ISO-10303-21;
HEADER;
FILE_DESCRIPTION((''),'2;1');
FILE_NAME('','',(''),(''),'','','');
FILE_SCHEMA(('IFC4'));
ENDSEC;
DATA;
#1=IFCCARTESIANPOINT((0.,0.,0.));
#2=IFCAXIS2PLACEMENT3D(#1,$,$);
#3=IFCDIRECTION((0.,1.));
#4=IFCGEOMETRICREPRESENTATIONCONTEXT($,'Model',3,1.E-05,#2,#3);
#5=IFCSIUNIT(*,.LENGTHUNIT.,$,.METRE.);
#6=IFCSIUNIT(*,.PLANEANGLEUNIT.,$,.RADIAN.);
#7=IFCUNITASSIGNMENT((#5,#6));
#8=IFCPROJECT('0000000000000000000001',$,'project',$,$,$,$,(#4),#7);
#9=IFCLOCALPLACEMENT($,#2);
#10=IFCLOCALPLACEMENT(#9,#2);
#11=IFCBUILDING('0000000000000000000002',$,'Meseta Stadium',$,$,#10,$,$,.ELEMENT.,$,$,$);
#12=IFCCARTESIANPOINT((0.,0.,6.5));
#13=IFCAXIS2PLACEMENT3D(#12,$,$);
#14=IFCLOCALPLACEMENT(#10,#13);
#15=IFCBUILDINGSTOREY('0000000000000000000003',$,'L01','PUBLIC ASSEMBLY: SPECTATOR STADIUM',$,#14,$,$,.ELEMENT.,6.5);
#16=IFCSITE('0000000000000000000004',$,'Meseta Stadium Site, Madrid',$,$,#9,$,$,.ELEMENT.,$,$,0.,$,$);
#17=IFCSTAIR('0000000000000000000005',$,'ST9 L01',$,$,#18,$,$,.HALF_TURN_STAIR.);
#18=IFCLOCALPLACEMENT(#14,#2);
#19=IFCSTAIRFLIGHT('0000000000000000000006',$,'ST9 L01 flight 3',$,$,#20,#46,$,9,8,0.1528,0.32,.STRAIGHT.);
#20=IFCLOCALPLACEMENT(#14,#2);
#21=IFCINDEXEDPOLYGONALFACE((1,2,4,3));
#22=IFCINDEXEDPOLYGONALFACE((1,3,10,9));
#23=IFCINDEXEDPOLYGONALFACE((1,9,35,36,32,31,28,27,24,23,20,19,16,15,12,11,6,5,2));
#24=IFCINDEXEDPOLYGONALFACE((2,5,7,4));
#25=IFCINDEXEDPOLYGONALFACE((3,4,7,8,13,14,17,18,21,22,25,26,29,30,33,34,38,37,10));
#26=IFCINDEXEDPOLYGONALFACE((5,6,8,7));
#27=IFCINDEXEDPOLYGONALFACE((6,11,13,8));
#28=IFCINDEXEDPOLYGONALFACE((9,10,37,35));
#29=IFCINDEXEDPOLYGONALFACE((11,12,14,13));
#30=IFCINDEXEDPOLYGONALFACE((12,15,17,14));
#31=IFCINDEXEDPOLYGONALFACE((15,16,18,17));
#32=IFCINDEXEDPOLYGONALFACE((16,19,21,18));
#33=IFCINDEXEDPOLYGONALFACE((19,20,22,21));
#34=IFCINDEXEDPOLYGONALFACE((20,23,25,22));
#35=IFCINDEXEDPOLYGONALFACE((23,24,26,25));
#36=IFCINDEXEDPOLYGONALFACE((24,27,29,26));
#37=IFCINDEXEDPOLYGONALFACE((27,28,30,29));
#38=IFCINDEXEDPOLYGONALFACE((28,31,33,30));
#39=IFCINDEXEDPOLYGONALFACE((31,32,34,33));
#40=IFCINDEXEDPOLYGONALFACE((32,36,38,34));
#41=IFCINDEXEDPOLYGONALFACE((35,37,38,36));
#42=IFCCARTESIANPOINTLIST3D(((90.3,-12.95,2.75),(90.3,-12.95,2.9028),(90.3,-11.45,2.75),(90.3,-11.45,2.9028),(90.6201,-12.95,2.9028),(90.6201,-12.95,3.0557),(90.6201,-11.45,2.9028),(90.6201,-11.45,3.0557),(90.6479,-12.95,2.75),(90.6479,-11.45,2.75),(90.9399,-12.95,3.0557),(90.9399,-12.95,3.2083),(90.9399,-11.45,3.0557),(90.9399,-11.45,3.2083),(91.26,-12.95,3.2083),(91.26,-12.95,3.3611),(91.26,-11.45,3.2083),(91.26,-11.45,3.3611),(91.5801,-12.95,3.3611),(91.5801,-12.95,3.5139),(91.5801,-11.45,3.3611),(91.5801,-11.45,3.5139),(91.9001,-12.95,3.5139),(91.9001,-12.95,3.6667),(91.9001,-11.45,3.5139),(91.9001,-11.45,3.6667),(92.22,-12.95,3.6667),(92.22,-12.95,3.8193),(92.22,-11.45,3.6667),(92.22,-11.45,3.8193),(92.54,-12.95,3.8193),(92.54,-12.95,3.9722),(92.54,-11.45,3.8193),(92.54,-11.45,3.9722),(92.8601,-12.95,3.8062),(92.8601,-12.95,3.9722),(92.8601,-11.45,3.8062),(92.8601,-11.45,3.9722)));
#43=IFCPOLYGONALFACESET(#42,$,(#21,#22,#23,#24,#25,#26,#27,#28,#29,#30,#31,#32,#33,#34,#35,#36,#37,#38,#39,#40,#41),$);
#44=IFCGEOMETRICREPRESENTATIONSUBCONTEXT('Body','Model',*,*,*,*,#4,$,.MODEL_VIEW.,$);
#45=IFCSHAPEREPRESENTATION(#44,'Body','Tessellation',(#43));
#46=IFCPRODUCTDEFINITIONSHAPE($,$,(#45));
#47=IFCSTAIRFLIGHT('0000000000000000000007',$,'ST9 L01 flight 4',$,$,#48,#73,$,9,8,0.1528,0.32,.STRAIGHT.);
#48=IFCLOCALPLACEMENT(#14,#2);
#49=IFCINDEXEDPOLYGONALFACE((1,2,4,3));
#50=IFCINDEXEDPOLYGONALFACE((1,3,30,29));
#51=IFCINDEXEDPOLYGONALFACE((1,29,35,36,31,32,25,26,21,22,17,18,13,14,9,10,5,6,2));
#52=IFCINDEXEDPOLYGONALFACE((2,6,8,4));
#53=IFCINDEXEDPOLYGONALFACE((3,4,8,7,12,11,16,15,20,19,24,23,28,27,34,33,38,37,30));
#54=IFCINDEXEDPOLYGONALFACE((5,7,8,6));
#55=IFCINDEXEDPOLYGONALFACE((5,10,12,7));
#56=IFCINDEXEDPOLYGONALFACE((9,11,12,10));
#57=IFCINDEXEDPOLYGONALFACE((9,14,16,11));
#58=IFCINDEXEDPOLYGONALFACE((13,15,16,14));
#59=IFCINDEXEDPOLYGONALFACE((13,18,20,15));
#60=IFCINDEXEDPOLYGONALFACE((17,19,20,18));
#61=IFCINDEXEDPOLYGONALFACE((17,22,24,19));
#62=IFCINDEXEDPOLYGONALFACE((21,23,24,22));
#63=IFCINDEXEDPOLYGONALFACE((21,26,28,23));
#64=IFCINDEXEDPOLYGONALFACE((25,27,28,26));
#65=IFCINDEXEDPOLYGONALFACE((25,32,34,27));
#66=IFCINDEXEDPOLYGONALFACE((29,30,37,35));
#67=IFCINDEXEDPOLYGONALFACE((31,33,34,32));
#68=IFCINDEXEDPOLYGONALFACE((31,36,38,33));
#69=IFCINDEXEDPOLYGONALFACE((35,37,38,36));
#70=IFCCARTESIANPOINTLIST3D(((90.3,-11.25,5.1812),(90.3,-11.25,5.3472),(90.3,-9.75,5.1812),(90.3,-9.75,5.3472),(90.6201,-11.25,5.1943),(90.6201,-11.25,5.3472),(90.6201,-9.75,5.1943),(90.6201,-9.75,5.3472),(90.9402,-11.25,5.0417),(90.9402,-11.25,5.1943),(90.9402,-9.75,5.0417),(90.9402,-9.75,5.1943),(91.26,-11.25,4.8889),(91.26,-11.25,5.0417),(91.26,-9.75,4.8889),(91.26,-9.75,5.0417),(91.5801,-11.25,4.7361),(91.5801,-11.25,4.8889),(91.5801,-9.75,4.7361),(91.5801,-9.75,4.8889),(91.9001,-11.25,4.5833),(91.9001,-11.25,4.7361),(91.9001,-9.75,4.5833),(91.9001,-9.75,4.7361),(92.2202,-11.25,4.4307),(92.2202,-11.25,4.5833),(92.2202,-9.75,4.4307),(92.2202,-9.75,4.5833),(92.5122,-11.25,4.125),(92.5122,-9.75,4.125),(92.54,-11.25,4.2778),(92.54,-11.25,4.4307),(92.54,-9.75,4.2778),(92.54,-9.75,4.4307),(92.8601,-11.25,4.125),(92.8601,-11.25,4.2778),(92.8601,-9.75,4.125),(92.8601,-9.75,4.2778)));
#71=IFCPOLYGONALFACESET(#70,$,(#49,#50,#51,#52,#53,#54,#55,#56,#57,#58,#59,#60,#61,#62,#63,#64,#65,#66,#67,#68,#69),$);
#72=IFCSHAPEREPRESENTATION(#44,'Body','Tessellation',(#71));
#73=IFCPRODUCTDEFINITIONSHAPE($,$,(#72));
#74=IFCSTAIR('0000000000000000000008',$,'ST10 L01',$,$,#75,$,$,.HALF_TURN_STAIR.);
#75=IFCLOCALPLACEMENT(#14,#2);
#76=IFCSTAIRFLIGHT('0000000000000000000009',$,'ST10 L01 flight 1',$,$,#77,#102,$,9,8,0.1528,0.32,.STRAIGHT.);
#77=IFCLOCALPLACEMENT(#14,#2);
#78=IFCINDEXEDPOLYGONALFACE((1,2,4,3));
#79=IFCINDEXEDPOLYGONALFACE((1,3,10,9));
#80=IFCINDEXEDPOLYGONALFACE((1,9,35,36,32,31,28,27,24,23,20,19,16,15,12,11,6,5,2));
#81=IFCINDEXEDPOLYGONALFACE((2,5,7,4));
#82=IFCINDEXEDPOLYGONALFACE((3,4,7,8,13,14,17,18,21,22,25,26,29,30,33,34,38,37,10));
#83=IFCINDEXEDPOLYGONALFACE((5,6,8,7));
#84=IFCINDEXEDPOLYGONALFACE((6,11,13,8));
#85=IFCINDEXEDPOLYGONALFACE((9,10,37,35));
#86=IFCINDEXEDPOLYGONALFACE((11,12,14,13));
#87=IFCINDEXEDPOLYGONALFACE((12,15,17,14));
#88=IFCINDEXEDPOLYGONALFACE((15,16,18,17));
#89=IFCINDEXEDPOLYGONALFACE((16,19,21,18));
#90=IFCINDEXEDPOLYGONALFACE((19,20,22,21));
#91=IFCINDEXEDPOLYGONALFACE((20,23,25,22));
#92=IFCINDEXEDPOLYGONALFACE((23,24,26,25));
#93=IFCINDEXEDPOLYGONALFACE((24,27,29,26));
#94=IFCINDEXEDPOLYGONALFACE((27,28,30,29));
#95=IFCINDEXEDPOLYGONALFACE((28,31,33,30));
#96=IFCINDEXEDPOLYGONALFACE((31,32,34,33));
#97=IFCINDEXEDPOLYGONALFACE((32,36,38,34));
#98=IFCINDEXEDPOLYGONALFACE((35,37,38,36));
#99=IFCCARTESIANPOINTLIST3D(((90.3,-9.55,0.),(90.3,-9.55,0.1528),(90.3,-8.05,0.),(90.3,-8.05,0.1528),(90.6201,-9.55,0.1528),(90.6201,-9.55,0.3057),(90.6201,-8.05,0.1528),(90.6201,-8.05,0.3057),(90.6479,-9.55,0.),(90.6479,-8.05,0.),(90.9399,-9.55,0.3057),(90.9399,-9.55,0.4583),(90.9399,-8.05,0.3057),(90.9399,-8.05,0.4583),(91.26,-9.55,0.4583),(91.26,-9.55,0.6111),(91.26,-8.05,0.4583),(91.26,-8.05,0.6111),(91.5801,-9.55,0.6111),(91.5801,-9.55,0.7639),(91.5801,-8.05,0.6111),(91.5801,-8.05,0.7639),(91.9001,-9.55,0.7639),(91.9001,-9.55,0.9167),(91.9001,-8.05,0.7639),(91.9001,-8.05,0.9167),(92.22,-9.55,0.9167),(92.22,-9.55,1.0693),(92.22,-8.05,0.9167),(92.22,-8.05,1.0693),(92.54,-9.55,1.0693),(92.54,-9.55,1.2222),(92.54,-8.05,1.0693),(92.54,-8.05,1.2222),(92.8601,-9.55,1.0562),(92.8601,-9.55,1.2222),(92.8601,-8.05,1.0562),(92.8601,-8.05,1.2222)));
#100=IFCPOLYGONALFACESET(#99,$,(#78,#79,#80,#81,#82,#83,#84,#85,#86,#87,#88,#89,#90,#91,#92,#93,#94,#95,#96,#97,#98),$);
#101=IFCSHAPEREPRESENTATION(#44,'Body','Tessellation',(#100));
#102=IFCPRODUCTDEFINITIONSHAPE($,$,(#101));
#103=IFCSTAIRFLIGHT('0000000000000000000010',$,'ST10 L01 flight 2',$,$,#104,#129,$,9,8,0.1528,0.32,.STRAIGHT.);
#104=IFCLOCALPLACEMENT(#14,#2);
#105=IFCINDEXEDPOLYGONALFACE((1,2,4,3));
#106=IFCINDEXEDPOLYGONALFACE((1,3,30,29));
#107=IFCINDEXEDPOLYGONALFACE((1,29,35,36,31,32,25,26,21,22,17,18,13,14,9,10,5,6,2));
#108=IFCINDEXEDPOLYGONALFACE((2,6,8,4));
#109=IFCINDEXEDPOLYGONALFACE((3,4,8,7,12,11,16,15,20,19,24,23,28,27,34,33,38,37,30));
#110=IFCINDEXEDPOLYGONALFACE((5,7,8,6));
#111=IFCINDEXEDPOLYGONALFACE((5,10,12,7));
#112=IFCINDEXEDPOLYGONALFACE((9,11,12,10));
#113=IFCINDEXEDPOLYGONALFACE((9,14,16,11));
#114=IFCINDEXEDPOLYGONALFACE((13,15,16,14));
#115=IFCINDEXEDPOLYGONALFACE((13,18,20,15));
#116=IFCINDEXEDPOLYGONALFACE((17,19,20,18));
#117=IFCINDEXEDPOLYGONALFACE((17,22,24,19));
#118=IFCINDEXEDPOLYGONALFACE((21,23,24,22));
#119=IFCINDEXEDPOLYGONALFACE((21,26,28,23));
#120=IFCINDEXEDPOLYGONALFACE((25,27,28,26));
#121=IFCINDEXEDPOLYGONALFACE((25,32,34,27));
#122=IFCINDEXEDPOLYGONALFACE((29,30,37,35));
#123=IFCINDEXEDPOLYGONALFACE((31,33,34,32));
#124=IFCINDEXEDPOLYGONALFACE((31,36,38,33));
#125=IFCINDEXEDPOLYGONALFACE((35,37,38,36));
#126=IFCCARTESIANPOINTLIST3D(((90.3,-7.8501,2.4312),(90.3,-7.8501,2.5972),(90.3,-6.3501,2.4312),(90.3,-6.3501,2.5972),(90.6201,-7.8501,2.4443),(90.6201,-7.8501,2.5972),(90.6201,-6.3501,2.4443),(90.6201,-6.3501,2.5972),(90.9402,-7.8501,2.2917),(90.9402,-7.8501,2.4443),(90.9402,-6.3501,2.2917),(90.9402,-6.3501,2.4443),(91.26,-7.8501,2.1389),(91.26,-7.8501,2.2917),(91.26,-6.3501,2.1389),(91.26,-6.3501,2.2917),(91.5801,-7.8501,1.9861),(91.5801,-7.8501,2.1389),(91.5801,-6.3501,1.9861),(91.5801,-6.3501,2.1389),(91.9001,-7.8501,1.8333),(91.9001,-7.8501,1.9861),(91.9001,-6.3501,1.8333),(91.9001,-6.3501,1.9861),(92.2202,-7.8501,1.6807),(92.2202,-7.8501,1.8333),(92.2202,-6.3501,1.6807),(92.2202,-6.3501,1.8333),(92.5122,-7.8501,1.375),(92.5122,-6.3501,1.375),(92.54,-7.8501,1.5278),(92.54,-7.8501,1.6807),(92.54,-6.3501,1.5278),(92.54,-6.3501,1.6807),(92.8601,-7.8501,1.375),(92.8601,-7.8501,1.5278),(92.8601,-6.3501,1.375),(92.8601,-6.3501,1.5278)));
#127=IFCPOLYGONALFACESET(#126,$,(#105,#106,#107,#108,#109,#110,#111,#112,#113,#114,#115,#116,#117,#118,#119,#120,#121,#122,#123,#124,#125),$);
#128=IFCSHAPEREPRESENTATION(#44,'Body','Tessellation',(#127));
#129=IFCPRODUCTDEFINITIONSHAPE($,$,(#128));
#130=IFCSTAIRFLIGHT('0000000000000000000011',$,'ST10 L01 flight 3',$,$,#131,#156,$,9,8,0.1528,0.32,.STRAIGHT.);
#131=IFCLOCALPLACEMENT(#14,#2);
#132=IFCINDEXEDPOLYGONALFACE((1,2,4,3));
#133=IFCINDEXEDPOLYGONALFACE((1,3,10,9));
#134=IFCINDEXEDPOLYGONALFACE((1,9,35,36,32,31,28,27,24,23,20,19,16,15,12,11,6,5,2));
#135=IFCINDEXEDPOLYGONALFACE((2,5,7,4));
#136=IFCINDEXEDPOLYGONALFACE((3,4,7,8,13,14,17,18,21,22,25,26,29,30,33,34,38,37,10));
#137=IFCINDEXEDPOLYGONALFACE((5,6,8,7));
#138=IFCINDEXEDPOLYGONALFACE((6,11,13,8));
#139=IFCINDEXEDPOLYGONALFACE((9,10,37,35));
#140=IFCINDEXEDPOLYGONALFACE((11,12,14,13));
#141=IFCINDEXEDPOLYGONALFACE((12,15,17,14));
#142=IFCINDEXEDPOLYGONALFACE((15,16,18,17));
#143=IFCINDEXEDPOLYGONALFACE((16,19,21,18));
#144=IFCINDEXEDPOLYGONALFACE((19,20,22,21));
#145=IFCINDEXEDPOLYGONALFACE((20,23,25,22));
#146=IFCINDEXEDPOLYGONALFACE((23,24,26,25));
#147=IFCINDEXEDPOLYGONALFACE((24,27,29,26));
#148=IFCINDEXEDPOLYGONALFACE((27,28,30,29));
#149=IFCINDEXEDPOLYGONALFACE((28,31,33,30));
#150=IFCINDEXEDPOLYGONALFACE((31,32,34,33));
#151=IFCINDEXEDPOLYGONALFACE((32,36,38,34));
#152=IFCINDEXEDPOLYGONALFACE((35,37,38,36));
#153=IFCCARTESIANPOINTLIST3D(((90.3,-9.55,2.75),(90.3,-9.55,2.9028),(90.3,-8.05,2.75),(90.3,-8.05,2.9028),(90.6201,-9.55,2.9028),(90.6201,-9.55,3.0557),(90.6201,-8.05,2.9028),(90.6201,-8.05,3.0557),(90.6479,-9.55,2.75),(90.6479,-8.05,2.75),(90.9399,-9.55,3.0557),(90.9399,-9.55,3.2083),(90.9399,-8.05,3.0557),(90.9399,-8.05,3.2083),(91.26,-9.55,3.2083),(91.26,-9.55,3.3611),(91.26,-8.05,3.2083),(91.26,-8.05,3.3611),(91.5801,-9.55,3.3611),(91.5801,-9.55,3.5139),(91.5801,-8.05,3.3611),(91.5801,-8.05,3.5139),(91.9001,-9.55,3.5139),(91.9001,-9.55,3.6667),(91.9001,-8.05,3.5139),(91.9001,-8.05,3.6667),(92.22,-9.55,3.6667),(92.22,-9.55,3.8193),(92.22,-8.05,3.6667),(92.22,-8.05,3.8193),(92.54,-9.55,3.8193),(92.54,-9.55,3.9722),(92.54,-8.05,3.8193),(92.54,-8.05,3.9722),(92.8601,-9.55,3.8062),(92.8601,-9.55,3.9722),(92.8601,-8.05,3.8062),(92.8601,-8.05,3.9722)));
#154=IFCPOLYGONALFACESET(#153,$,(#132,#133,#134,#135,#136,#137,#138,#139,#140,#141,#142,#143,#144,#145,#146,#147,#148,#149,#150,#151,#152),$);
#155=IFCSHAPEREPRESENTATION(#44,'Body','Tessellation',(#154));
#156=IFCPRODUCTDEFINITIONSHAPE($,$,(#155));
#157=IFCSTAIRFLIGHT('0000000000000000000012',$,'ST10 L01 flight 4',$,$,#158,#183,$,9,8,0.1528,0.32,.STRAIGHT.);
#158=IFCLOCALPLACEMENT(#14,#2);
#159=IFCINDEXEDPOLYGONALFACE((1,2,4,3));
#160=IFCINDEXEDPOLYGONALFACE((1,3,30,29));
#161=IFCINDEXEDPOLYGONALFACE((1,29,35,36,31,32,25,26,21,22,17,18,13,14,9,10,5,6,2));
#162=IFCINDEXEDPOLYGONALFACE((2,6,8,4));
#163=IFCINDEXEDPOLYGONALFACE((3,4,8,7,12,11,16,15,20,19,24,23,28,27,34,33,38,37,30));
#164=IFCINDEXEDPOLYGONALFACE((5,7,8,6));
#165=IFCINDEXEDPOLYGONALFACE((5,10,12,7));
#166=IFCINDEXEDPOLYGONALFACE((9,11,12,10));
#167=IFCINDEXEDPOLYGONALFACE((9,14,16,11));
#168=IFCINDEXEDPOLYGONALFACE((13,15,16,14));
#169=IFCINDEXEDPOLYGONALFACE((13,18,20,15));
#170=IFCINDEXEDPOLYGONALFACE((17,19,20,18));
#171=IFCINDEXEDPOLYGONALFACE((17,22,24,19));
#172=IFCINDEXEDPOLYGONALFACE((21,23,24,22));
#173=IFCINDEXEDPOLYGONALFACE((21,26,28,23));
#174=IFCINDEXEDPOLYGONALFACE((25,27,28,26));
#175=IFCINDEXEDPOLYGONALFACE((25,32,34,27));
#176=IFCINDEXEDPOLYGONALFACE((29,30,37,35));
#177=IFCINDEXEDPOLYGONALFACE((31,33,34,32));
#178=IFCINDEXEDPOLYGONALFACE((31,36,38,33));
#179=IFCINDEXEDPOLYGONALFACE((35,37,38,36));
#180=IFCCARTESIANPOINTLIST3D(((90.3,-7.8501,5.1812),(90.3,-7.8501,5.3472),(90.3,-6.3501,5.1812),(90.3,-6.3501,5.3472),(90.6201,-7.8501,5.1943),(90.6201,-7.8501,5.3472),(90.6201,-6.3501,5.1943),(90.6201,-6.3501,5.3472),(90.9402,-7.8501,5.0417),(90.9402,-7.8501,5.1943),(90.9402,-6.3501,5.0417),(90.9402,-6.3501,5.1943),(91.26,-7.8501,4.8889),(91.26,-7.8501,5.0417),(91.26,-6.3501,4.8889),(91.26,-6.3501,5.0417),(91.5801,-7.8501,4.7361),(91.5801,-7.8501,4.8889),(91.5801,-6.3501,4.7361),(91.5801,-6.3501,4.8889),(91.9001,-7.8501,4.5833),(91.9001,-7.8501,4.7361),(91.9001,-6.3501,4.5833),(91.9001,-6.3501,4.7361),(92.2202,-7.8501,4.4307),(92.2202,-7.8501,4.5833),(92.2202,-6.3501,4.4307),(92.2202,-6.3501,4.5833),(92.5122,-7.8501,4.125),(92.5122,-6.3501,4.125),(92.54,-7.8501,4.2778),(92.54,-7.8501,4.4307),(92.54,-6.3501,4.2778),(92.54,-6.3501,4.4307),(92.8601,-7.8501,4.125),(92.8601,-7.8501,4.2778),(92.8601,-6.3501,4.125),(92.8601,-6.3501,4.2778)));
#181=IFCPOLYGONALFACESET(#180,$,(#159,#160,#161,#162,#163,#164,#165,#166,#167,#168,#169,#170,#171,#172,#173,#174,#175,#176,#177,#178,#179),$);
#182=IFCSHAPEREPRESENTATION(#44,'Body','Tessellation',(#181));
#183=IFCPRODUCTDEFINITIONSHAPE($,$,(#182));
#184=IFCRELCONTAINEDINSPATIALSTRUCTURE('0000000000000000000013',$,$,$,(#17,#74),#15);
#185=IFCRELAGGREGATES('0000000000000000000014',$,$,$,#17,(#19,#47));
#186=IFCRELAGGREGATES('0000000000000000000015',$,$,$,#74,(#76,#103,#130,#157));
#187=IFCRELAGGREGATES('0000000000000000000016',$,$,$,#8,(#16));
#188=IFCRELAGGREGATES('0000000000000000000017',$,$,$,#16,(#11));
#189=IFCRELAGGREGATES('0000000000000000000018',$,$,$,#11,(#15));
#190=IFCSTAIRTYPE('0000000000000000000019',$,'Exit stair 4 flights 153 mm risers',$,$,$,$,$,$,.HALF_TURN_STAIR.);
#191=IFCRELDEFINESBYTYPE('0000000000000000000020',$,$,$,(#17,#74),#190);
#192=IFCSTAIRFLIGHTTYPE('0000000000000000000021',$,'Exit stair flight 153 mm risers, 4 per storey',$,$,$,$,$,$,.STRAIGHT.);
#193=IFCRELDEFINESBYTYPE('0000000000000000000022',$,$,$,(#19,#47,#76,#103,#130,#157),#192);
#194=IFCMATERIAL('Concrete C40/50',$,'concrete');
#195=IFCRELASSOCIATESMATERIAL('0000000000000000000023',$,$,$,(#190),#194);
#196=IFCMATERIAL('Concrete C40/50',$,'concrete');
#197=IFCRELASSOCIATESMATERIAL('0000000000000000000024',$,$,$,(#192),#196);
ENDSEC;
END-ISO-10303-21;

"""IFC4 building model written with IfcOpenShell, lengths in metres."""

from ifc_helpers import new_model, si_unit, direction, frame, origin, place, context, subcontext, project, spatial, polyline, outline, extrude, material, type_object, element, aggregate, save


model = new_model("IFC4")

# Units and contexts
model_context = context("Model", 3, precision=1e-05, world=origin(), true_north=direction((0.0, 1.0)))
body_context = subcontext(model_context, "Body", "Model", "MODEL_VIEW")
ifc_project = project(units=[si_unit("LENGTHUNIT", "METRE"), si_unit("PLANEANGLEUNIT", "RADIAN")], contexts=[model_context])

# Site, building, storey
site_placement = place(None, origin())
site = spatial("IfcSite", under=ifc_project, at=site_placement, Name="Meseta Stadium Site, Madrid", CompositionType="ELEMENT", RefElevation=0.0)
building_placement = place(site_placement, origin())
building = spatial("IfcBuilding", under=site, at=building_placement, Name="Meseta Stadium", CompositionType="ELEMENT")
storey_placement = place(building_placement, frame((0.0, 0.0, 6.5)))
storey = spatial("IfcBuildingStorey", under=building, at=storey_placement, Name="L01", Description="PUBLIC ASSEMBLY: SPECTATOR STADIUM", CompositionType="ELEMENT", Elevation=6.5)

# Stairs, stair flights
ifc_material_1 = material(Name="Concrete C40/50", Category="concrete")
stair_type = type_object("IfcStairType", Name="Exit stair 4 flights 153 mm risers", PredefinedType="HALF_TURN_STAIR", material=ifc_material_1)
stair_1_placement = place(storey_placement, origin())
stair_1 = element("IfcStair", 1, at=stair_1_placement, inside=storey, type_object=stair_type, Name="ST9 L01", PredefinedType="HALF_TURN_STAIR")
ifc_material_2 = material(Name="Concrete C40/50", Category="concrete")
stair_flight_type = type_object("IfcStairFlightType", Name="Exit stair flight 153 mm risers, 4 per storey", PredefinedType="STRAIGHT", material=ifc_material_2)
stair_flight_1_placement = place(storey_placement, frame((90.3, -12.2, 2.75), z_axis=(0.0, 0.0, 1.0), x_axis=(1.0, 0.0, 0.0)))
stair_flight_1 = element("IfcStairFlight", 2, at=stair_flight_1_placement, type_object=stair_flight_type, Name="ST9 L01 flight 3", NumberOfRisers=9, NumberOfTreads=8, PredefinedType="STRAIGHT", RiserHeight=0.1528, TreadLength=0.32, context=body_context, shape_type="SweptSolid", body=[
    extrude(outline(polyline([(0.0, 0.0), (0.0, 0.1528), (0.3201, 0.1528), (0.3201, 0.3057), (0.6399, 0.3057), (0.6399, 0.4583), (0.96, 0.4583), (0.96, 0.6111), (1.28, 0.6111), (1.28, 0.7639), (1.6001, 0.7639), (1.6001, 0.9167), (1.9199, 0.9167), (1.9199, 1.0693), (2.24, 1.0693), (2.24, 1.2222), (2.5601, 1.2222), (2.5601, 1.0562), (0.3479, 0.0), (0.0, 0.0)])), frame((0.0, 0.75, 0.0), z_axis=(0.0, -1.0, 0.0), x_axis=(1.0, 0.0, 0.0)), (0.0, 0.0, 1.0), 1.5),
])
stair_flight_2_placement = place(storey_placement, frame((92.8601, -10.5, 4.125), z_axis=(0.0, 0.0, 1.0), x_axis=(-1.0, 0.0, 0.0)))
stair_flight_2 = element("IfcStairFlight", 3, at=stair_flight_2_placement, type_object=stair_flight_type, Name="ST9 L01 flight 4", NumberOfRisers=9, NumberOfTreads=8, PredefinedType="STRAIGHT", RiserHeight=0.1528, TreadLength=0.32, context=body_context, shape_type="SweptSolid", body=[
    extrude(outline(polyline([(0.0, 0.0), (0.0, 0.1528), (0.3201, 0.1528), (0.3201, 0.3057), (0.6399, 0.3057), (0.6399, 0.4583), (0.96, 0.4583), (0.96, 0.6111), (1.28, 0.6111), (1.28, 0.7639), (1.6001, 0.7639), (1.6001, 0.9167), (1.9199, 0.9167), (1.9199, 1.0693), (2.24, 1.0693), (2.24, 1.2222), (2.5601, 1.2222), (2.5601, 1.0562), (0.3479, 0.0), (0.0, 0.0)])), frame((0.0, 0.75, 0.0), z_axis=(0.0, -1.0, 0.0), x_axis=(1.0, 0.0, 0.0)), (0.0, 0.0, 1.0), 1.5),
])
aggregate(stair_1, [stair_flight_1, stair_flight_2])
stair_2_placement = place(storey_placement, origin())
stair_2 = element("IfcStair", 4, at=stair_2_placement, inside=storey, type_object=stair_type, Name="ST10 L01", PredefinedType="HALF_TURN_STAIR")
stair_flight_3_placement = place(storey_placement, frame((90.3, -8.8, 0.0), z_axis=(0.0, 0.0, 1.0), x_axis=(1.0, 0.0, 0.0)))
stair_flight_3 = element("IfcStairFlight", 5, at=stair_flight_3_placement, type_object=stair_flight_type, Name="ST10 L01 flight 1", NumberOfRisers=9, NumberOfTreads=8, PredefinedType="STRAIGHT", RiserHeight=0.1528, TreadLength=0.32, context=body_context, shape_type="SweptSolid", body=[
    extrude(outline(polyline([(0.0, 0.0), (0.0, 0.1528), (0.3201, 0.1528), (0.3201, 0.3057), (0.6399, 0.3057), (0.6399, 0.4583), (0.96, 0.4583), (0.96, 0.6111), (1.28, 0.6111), (1.28, 0.7639), (1.6001, 0.7639), (1.6001, 0.9167), (1.9199, 0.9167), (1.9199, 1.0693), (2.24, 1.0693), (2.24, 1.2222), (2.5601, 1.2222), (2.5601, 1.0562), (0.3479, 0.0), (0.0, 0.0)])), frame((0.0, 0.75, 0.0), z_axis=(0.0, -1.0, 0.0), x_axis=(1.0, 0.0, 0.0)), (0.0, 0.0, 1.0), 1.5),
])
stair_flight_4_placement = place(storey_placement, frame((92.8601, -7.1001, 1.375), z_axis=(0.0, 0.0, 1.0), x_axis=(-1.0, 0.0, 0.0)))
stair_flight_4 = element("IfcStairFlight", 6, at=stair_flight_4_placement, type_object=stair_flight_type, Name="ST10 L01 flight 2", NumberOfRisers=9, NumberOfTreads=8, PredefinedType="STRAIGHT", RiserHeight=0.1528, TreadLength=0.32, context=body_context, shape_type="SweptSolid", body=[
    extrude(outline(polyline([(0.0, 0.0), (0.0, 0.1528), (0.3201, 0.1528), (0.3201, 0.3057), (0.6399, 0.3057), (0.6399, 0.4583), (0.96, 0.4583), (0.96, 0.6111), (1.28, 0.6111), (1.28, 0.7639), (1.6001, 0.7639), (1.6001, 0.9167), (1.9199, 0.9167), (1.9199, 1.0693), (2.24, 1.0693), (2.24, 1.2222), (2.5601, 1.2222), (2.5601, 1.0562), (0.3479, 0.0), (0.0, 0.0)])), frame((0.0, 0.75, 0.0), z_axis=(0.0, -1.0, 0.0), x_axis=(1.0, 0.0, 0.0)), (0.0, 0.0, 1.0), 1.5),
])
stair_flight_5_placement = place(storey_placement, frame((90.3, -8.8, 2.75), z_axis=(0.0, 0.0, 1.0), x_axis=(1.0, 0.0, 0.0)))
stair_flight_5 = element("IfcStairFlight", 7, at=stair_flight_5_placement, type_object=stair_flight_type, Name="ST10 L01 flight 3", NumberOfRisers=9, NumberOfTreads=8, PredefinedType="STRAIGHT", RiserHeight=0.1528, TreadLength=0.32, context=body_context, shape_type="SweptSolid", body=[
    extrude(outline(polyline([(0.0, 0.0), (0.0, 0.1528), (0.3201, 0.1528), (0.3201, 0.3057), (0.6399, 0.3057), (0.6399, 0.4583), (0.96, 0.4583), (0.96, 0.6111), (1.28, 0.6111), (1.28, 0.7639), (1.6001, 0.7639), (1.6001, 0.9167), (1.9199, 0.9167), (1.9199, 1.0693), (2.24, 1.0693), (2.24, 1.2222), (2.5601, 1.2222), (2.5601, 1.0562), (0.3479, 0.0), (0.0, 0.0)])), frame((0.0, 0.75, 0.0), z_axis=(0.0, -1.0, 0.0), x_axis=(1.0, 0.0, 0.0)), (0.0, 0.0, 1.0), 1.5),
])
stair_flight_6_placement = place(storey_placement, frame((92.8601, -7.1001, 4.125), z_axis=(0.0, 0.0, 1.0), x_axis=(-1.0, 0.0, 0.0)))
stair_flight_6 = element("IfcStairFlight", 8, at=stair_flight_6_placement, type_object=stair_flight_type, Name="ST10 L01 flight 4", NumberOfRisers=9, NumberOfTreads=8, PredefinedType="STRAIGHT", RiserHeight=0.1528, TreadLength=0.32, context=body_context, shape_type="SweptSolid", body=[
    extrude(outline(polyline([(0.0, 0.0), (0.0, 0.1528), (0.3201, 0.1528), (0.3201, 0.3057), (0.6399, 0.3057), (0.6399, 0.4583), (0.96, 0.4583), (0.96, 0.6111), (1.28, 0.6111), (1.28, 0.7639), (1.6001, 0.7639), (1.6001, 0.9167), (1.9199, 0.9167), (1.9199, 1.0693), (2.24, 1.0693), (2.24, 1.2222), (2.5601, 1.2222), (2.5601, 1.0562), (0.3479, 0.0), (0.0, 0.0)])), frame((0.0, 0.75, 0.0), z_axis=(0.0, -1.0, 0.0), x_axis=(1.0, 0.0, 0.0)), (0.0, 0.0, 1.0), 1.5),
])
aggregate(stair_2, [stair_flight_3, stair_flight_4, stair_flight_5, stair_flight_6])

save(model, "model.ifc")
